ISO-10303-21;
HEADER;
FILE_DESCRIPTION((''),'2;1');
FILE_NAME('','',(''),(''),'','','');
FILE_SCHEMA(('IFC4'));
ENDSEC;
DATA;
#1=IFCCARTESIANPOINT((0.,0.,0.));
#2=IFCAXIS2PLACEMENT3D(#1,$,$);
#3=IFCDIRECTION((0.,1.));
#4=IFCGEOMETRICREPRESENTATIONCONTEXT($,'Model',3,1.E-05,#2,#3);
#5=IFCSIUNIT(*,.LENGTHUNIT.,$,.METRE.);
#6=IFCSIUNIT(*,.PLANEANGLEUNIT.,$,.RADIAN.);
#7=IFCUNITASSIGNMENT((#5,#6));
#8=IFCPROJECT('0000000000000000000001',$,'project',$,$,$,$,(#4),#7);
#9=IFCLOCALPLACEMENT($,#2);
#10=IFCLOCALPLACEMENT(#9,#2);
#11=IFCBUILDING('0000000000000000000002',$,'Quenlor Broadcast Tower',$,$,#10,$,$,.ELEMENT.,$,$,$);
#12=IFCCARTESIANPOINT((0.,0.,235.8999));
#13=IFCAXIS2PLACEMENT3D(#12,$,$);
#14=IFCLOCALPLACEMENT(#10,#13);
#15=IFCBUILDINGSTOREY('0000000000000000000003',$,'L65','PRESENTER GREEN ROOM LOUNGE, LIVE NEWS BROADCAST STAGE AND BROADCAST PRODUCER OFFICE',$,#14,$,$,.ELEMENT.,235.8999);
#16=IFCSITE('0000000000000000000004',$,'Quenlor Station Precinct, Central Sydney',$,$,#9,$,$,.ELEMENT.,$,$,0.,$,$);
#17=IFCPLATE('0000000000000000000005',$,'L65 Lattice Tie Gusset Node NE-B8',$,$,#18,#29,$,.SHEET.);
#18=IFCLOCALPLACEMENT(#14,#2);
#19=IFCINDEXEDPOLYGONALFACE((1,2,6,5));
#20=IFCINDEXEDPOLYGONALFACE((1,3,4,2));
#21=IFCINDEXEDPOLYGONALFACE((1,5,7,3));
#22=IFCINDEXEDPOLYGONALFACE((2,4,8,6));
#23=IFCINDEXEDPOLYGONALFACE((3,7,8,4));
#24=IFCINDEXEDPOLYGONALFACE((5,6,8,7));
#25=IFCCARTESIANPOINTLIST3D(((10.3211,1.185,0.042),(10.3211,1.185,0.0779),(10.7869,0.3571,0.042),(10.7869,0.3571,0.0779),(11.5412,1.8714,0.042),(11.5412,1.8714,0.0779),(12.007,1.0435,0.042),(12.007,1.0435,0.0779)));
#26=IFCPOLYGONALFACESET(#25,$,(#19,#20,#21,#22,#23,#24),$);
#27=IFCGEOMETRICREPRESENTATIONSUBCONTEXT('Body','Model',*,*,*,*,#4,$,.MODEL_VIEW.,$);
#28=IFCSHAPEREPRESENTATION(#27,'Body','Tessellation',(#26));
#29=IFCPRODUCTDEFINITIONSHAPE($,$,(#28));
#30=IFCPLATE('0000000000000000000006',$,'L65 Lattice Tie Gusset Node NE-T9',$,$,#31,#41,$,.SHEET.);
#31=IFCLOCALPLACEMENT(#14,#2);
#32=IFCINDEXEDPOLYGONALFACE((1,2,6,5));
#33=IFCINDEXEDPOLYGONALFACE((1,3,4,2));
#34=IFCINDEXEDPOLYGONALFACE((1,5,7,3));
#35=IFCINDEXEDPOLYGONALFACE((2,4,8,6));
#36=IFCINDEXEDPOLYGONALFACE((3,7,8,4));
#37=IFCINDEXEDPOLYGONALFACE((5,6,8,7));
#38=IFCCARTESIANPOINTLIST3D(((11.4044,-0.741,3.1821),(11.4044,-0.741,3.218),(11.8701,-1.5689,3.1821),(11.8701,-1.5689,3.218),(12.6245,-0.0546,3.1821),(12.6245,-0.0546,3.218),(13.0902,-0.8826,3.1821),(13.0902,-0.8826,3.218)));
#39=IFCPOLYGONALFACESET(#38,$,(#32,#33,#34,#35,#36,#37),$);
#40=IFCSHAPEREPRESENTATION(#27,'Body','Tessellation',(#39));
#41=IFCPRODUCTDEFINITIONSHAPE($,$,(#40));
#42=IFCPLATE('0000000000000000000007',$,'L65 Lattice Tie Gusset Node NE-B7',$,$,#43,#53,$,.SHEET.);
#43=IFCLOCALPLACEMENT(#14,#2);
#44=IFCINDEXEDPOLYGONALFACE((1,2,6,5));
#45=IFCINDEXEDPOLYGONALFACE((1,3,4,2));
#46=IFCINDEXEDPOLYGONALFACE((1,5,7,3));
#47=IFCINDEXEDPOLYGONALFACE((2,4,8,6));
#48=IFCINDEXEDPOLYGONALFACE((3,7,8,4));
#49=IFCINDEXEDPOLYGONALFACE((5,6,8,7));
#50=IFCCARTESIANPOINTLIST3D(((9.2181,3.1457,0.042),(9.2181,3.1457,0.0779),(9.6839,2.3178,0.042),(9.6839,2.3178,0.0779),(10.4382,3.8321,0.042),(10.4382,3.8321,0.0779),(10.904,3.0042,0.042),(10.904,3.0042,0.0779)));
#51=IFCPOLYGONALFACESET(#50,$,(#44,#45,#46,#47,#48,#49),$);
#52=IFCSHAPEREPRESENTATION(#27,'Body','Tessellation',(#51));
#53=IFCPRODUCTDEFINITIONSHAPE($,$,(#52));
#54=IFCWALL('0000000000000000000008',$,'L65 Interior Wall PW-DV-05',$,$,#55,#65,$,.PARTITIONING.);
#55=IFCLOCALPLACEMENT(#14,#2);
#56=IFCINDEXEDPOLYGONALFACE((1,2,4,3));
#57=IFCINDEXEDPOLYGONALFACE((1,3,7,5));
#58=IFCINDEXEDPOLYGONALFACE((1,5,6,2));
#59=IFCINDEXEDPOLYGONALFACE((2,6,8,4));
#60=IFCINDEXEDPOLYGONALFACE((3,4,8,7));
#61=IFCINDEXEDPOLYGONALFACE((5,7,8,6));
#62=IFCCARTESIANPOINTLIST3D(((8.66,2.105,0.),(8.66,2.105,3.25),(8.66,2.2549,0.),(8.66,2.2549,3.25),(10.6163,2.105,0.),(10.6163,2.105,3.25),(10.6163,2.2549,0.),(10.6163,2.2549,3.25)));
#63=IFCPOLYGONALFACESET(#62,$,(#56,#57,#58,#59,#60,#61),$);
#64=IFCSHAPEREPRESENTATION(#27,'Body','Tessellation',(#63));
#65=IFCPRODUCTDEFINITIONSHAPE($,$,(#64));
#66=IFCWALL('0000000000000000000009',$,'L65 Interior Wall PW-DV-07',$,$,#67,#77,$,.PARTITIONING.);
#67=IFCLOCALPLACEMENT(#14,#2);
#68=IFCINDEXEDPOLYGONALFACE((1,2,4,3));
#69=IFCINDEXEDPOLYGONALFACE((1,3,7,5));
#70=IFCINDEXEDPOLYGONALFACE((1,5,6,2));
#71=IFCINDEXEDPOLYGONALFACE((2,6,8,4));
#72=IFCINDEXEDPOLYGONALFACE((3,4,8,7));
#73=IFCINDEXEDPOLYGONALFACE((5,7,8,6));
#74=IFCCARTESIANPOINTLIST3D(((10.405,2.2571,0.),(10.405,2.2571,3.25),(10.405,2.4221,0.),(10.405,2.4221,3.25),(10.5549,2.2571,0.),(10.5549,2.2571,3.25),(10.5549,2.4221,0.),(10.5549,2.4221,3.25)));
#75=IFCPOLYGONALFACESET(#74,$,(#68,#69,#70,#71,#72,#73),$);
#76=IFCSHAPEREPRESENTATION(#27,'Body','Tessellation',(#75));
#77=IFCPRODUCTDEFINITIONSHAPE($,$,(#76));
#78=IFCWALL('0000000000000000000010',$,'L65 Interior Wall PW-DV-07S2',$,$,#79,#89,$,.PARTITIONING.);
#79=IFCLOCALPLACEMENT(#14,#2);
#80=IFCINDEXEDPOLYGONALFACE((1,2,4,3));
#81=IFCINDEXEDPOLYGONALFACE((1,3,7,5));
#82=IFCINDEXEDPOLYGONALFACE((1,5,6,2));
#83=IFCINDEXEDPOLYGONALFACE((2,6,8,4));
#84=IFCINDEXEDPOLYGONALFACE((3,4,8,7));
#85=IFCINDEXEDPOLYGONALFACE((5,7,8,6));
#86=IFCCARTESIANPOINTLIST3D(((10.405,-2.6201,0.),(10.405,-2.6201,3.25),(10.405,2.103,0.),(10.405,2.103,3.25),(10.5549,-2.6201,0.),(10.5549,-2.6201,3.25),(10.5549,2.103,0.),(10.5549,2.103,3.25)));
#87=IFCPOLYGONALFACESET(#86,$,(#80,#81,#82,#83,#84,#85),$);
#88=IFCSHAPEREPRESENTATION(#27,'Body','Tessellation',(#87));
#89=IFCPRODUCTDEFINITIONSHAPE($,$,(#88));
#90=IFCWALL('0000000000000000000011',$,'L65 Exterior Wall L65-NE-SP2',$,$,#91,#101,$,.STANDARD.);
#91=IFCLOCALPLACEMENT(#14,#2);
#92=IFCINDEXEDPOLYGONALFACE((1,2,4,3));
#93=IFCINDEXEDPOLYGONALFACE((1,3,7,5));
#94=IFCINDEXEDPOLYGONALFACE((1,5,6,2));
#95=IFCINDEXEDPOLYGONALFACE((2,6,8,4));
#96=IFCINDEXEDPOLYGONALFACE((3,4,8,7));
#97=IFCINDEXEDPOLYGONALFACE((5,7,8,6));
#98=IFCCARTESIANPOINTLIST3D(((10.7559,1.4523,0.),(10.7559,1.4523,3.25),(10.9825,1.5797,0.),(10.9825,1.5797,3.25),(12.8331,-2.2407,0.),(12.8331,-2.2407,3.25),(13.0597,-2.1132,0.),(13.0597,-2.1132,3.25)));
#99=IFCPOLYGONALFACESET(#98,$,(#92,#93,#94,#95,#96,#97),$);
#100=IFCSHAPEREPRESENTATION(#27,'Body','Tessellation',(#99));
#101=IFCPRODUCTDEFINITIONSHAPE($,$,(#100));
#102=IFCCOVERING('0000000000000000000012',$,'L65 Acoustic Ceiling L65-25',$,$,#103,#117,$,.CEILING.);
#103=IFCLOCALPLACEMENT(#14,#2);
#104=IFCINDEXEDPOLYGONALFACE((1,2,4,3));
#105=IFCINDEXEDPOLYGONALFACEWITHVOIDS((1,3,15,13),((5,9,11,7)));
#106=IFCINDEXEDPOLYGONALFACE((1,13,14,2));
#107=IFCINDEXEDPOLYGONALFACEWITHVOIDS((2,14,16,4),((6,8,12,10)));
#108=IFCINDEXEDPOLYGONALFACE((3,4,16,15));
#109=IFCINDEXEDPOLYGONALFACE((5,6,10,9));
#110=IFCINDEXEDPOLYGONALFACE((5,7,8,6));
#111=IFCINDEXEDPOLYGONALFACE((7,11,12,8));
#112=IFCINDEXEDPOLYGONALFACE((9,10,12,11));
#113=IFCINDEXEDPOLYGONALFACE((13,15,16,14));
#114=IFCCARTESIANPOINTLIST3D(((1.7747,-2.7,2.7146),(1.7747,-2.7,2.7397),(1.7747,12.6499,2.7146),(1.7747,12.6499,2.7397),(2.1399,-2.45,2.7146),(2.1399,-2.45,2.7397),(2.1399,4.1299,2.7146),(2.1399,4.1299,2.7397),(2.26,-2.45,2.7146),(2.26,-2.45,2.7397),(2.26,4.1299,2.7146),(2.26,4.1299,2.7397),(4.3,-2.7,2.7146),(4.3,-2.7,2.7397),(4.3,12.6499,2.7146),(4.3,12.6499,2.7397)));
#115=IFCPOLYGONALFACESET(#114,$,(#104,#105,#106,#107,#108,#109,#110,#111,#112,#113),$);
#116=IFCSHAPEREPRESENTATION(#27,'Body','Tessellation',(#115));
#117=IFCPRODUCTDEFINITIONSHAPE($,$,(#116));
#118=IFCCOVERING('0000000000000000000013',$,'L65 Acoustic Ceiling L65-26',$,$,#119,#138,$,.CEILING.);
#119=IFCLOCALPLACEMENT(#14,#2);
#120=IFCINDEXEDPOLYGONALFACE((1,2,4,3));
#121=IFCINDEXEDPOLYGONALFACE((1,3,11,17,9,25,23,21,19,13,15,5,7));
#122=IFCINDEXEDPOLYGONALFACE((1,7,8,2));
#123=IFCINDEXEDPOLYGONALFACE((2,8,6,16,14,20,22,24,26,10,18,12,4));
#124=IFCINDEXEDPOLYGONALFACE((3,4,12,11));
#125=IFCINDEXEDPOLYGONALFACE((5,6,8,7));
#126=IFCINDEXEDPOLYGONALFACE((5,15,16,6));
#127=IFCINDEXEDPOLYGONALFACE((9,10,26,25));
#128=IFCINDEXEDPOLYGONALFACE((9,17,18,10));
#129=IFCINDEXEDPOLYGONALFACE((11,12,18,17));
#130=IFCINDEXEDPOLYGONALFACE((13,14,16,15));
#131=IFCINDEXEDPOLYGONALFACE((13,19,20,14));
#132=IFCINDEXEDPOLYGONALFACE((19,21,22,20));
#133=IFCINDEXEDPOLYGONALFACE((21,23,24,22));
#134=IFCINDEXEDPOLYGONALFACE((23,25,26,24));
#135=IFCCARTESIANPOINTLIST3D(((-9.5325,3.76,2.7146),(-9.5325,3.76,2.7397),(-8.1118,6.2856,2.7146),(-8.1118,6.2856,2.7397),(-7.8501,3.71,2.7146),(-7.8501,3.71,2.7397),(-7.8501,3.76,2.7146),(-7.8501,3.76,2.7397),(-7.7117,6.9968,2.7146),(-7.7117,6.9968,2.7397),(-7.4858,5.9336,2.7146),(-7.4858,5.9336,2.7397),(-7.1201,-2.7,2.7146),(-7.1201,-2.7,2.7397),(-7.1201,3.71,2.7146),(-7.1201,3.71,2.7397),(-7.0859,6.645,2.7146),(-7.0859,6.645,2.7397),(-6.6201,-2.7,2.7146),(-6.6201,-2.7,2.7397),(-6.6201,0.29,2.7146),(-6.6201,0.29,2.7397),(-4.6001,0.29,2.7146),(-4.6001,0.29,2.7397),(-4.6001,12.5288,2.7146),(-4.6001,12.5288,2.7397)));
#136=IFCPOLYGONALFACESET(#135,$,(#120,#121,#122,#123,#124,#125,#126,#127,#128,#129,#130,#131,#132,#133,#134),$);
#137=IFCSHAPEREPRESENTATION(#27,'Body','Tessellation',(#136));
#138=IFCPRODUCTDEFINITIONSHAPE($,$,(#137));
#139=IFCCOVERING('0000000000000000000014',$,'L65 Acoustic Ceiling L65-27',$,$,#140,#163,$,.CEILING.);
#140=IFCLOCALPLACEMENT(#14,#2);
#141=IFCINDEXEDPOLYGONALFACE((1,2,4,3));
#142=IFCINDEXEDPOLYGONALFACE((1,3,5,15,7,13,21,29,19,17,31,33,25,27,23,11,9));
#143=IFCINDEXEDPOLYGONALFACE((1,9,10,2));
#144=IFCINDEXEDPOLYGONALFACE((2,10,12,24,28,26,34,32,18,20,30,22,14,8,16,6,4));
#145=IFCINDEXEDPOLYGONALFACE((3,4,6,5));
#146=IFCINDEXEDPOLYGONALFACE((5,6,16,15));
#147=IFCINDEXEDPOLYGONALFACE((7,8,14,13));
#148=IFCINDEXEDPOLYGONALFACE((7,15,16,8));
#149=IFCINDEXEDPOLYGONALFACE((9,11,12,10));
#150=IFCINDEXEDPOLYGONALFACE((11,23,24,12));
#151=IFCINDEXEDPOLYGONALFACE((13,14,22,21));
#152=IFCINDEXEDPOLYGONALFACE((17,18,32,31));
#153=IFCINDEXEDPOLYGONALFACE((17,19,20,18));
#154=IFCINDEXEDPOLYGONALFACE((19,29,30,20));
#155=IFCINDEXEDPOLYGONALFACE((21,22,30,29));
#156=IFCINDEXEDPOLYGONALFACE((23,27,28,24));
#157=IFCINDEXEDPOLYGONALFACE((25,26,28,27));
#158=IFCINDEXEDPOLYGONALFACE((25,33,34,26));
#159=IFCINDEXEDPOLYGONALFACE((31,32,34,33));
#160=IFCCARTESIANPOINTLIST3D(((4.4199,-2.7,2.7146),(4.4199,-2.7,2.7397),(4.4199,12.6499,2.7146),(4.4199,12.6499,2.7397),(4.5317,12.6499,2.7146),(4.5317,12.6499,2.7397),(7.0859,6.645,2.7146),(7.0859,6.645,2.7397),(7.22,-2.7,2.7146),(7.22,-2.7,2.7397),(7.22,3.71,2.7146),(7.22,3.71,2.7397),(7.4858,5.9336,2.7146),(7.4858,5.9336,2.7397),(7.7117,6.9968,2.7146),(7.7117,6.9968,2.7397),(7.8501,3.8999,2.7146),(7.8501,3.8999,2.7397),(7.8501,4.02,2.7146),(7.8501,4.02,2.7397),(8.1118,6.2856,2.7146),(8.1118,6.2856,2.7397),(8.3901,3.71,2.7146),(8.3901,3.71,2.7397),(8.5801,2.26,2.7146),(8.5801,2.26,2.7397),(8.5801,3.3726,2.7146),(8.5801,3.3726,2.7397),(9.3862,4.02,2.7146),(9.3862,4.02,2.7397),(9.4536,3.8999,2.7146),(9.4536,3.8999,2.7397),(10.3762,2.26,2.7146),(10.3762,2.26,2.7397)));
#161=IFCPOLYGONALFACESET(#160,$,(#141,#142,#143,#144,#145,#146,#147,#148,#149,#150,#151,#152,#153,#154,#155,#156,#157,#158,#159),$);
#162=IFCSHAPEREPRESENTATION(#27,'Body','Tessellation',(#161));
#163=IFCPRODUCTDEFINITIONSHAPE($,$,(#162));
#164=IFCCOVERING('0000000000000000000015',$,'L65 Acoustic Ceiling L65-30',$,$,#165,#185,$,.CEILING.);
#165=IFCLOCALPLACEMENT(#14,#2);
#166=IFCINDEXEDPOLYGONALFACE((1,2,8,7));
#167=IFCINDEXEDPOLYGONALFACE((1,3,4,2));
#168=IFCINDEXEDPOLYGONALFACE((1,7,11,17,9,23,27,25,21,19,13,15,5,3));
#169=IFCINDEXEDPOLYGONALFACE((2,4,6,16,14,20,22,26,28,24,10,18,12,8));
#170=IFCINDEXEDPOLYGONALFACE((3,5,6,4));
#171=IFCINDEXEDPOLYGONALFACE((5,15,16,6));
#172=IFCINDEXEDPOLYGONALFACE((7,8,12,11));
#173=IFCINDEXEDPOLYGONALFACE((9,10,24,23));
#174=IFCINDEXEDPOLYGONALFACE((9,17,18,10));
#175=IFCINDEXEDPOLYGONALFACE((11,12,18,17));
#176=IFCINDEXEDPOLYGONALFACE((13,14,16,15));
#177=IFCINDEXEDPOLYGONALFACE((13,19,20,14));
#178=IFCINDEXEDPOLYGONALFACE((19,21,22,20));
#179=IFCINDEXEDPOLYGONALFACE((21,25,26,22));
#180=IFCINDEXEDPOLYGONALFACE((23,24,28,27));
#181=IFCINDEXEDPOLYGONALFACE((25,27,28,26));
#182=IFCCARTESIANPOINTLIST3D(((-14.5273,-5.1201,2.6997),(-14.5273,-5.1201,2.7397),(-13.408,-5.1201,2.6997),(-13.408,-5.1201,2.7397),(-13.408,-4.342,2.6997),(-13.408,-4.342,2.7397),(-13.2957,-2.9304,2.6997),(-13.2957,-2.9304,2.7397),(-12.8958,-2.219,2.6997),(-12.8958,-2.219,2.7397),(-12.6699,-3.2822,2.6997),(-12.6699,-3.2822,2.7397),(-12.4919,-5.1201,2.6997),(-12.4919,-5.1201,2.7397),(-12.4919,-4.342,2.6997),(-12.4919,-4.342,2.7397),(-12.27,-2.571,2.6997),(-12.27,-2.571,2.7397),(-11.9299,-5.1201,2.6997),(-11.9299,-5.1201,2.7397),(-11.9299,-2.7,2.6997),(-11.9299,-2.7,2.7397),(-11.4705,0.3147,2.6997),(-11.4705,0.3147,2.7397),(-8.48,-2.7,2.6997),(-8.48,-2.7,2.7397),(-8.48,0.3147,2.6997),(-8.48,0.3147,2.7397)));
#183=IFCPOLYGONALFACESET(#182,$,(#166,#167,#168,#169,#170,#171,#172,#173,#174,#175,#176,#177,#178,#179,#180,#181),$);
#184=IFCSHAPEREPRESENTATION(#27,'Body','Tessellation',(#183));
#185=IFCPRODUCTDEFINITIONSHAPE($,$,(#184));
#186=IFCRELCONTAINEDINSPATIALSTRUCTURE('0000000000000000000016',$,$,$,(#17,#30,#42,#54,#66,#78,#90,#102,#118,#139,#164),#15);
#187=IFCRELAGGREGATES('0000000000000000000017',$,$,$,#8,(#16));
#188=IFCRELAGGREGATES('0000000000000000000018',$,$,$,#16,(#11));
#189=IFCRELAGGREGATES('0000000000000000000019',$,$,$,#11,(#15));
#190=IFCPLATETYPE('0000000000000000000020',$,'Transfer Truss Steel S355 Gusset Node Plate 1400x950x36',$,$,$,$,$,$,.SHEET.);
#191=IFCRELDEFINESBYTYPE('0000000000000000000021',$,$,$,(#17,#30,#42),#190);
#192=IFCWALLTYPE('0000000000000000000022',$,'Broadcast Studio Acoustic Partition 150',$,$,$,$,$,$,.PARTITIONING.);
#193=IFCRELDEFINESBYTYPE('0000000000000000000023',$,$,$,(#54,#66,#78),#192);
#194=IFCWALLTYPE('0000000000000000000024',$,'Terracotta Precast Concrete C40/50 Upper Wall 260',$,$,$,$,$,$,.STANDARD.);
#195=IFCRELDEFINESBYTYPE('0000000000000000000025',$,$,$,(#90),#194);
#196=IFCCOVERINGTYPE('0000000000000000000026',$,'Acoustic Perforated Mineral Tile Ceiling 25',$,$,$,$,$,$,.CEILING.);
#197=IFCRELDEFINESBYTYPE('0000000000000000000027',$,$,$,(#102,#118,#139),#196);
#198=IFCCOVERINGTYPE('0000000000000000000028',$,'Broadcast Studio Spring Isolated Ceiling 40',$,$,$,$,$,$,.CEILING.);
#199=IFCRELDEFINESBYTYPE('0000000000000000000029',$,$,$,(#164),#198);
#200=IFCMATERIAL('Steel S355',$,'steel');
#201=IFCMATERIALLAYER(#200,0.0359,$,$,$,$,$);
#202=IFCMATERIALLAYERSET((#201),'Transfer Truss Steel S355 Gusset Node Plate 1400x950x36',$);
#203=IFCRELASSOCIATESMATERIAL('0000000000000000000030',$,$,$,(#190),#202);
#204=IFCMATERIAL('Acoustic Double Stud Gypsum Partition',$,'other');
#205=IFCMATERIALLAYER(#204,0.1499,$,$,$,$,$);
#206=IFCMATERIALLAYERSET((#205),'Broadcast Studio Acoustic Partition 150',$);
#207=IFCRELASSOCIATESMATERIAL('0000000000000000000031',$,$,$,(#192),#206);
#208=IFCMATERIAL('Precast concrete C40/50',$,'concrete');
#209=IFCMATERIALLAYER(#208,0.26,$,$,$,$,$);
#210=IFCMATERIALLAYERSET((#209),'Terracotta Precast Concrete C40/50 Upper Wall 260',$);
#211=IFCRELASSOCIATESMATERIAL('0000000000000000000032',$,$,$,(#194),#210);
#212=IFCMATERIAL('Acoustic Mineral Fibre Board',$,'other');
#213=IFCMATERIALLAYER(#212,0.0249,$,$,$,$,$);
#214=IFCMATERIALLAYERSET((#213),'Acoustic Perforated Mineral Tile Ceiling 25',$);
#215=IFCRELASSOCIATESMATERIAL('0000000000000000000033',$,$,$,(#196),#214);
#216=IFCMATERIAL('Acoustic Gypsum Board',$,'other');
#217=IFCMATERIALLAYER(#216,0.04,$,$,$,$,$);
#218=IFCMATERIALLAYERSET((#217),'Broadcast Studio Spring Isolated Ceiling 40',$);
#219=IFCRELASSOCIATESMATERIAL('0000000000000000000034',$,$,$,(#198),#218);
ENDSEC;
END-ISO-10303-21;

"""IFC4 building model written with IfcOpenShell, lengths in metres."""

from ifc_helpers import new_model, si_unit, direction, frame, frame_2d, origin, origin_2d, place, context, subcontext, project, spatial, polyline, rectangle, outline, extrude, material, layer, layer_set, type_object, element, save


model = new_model("IFC4")

# Units and contexts
model_context = context("Model", 3, precision=1e-05, world=origin(), true_north=direction((0.0, 1.0)))
body_context = subcontext(model_context, "Body", "Model", "MODEL_VIEW")
ifc_project = project(units=[si_unit("LENGTHUNIT", "METRE"), si_unit("PLANEANGLEUNIT", "RADIAN")], contexts=[model_context])

# Site, building, storey
site_placement = place(None, origin())
site = spatial("IfcSite", under=ifc_project, at=site_placement, Name="Quenlor Station Precinct, Central Sydney", CompositionType="ELEMENT", RefElevation=0.0)
building_placement = place(site_placement, origin())
building = spatial("IfcBuilding", under=site, at=building_placement, Name="Quenlor Broadcast Tower", CompositionType="ELEMENT")
storey_placement = place(building_placement, frame((0.0, 0.0, 235.8999)))
storey = spatial("IfcBuildingStorey", under=building, at=storey_placement, Name="L65", Description="PRESENTER GREEN ROOM LOUNGE, LIVE NEWS BROADCAST STAGE AND BROADCAST PRODUCER OFFICE", CompositionType="ELEMENT", Elevation=235.8999)

# Plates
ifc_material_1 = material(Name="Steel S355", Category="steel")
ifc_layer_1 = layer(ifc_material_1, 0.0359)
ifc_layer_set_1 = layer_set([ifc_layer_1], Name="Transfer Truss Steel S355 Gusset Node Plate 1400x950x36")
plate_type_1 = type_object("IfcPlateType", Name="Transfer Truss Steel S355 Gusset Node Plate 1400x950x36", PredefinedType="SHEET", material=ifc_layer_set_1)
for number, where, z_axis, x_axis, name in (
    (1, (11.1641, 1.1143, 0.042), (0.0, 0.0, 1.0), (0.871556, 0.490295, 0.0), "L65 Lattice Tie Gusset Node NE-B8"),
    (2, (12.2473, -0.8118, 3.1821), (0.0, 0.0, 1.0), (0.871556, 0.490295, 0.0), "L65 Lattice Tie Gusset Node NE-T9"),
    (3, (10.061, 3.075, 0.042), (0.0, 0.0, 1.0), (0.871556, 0.490295, 0.0), "L65 Lattice Tie Gusset Node NE-B7"),
):
    element("IfcPlate", number, at=place(storey_placement, frame(where, z_axis=z_axis, x_axis=x_axis)), inside=storey, type_object=plate_type_1, Name=name, PredefinedType="SHEET", context=body_context, shape_type="SweptSolid", body=[
        extrude(rectangle(XDim=1.3999, YDim=0.95, at=origin_2d()), origin(), (0.0, 0.0, 1.0), 0.0359),
    ])

# Walls
ifc_material_2 = material(Name="Acoustic Double Stud Gypsum Partition", Category="other")
ifc_layer_2 = layer(ifc_material_2, 0.1499)
ifc_layer_set_2 = layer_set([ifc_layer_2], Name="Broadcast Studio Acoustic Partition 150")
wall_type_1 = type_object("IfcWallType", Name="Broadcast Studio Acoustic Partition 150", PredefinedType="PARTITIONING", material=ifc_layer_set_2)
wall_1_placement = place(storey_placement, frame((10.6162, 2.1799, 0.0), z_axis=(0.0, 0.0, 1.0), x_axis=(-1.0, 0.0, 0.0)))
element("IfcWall", 4, at=wall_1_placement, inside=storey, type_object=wall_type_1, Name="L65 Interior Wall PW-DV-05", PredefinedType="PARTITIONING", context=body_context, shape_type="SweptSolid", body=[
    extrude(rectangle(XDim=1.9563, YDim=0.1499, at=frame_2d((0.978, 0.0))), origin(), (0.0, 0.0, 1.0), 3.25),
])
wall_2_placement = place(storey_placement, frame((10.48, 2.4221, 0.0), z_axis=(0.0, 0.0, 1.0), x_axis=(0.0, -1.0, 0.0)))
element("IfcWall", 5, at=wall_2_placement, inside=storey, type_object=wall_type_1, Name="L65 Interior Wall PW-DV-07", PredefinedType="PARTITIONING", context=body_context, shape_type="SweptSolid", body=[
    extrude(rectangle(XDim=0.165, YDim=0.1499, at=frame_2d((0.0825, 0.0))), origin(), (0.0, 0.0, 1.0), 3.25),
])
wall_3_placement = place(storey_placement, frame((10.48, 2.103, 0.0), z_axis=(0.0, 0.0, 1.0), x_axis=(0.0, -1.0, 0.0)))
element("IfcWall", 6, at=wall_3_placement, inside=storey, type_object=wall_type_1, Name="L65 Interior Wall PW-DV-07S2", PredefinedType="PARTITIONING", context=body_context, shape_type="SweptSolid", body=[
    extrude(rectangle(XDim=4.7231, YDim=0.1499, at=frame_2d((2.3616, 0.0))), origin(), (0.0, 0.0, 1.0), 3.25),
])
ifc_material_3 = material(Name="Precast concrete C40/50", Category="concrete")
ifc_layer_3 = layer(ifc_material_3, 0.26)
ifc_layer_set_3 = layer_set([ifc_layer_3], Name="Terracotta Precast Concrete C40/50 Upper Wall 260")
wall_type_2 = type_object("IfcWallType", Name="Terracotta Precast Concrete C40/50 Upper Wall 260", PredefinedType="STANDARD", material=ifc_layer_set_3)
wall_4_placement = place(storey_placement, frame((10.8691, 1.5161, 0.0), z_axis=(0.0, 0.0, 1.0), x_axis=(0.490245, -0.871585, 0.0)))
element("IfcWall", 7, at=wall_4_placement, inside=storey, type_object=wall_type_2, Name="L65 Exterior Wall L65-NE-SP2", PredefinedType="STANDARD", context=body_context, shape_type="SweptSolid", body=[
    extrude(rectangle(XDim=4.2371, YDim=0.26, at=frame_2d((2.1187, 0.0))), origin(), (0.0, 0.0, 1.0), 3.25),
])

# Coverings
ifc_material_4 = material(Name="Acoustic Mineral Fibre Board", Category="other")
ifc_layer_4 = layer(ifc_material_4, 0.0249)
ifc_layer_set_4 = layer_set([ifc_layer_4], Name="Acoustic Perforated Mineral Tile Ceiling 25")
covering_type_1 = type_object("IfcCoveringType", Name="Acoustic Perforated Mineral Tile Ceiling 25", PredefinedType="CEILING", material=ifc_layer_set_4)
covering_1_placement = place(storey_placement, frame((0.0, 0.0, 2.7146)))
element("IfcCovering", 8, at=covering_1_placement, inside=storey, type_object=covering_type_1, Name="L65 Acoustic Ceiling L65-25", PredefinedType="CEILING", context=body_context, shape_type="SweptSolid", body=[
    extrude(outline(polyline([(4.3, -2.7), (1.7747, -2.7), (1.7747, 12.6499), (4.3, 12.6499), (4.3, -2.7)]), holes=[polyline([(2.26, -2.45), (2.26, 4.1299), (2.1399, 4.1299), (2.1399, -2.45), (2.26, -2.45)])]), origin(), (0.0, 0.0, 1.0), 0.0251),
])
covering_2_placement = place(storey_placement, frame((0.0, 0.0, 2.7146)))
element("IfcCovering", 9, at=covering_2_placement, inside=storey, type_object=covering_type_1, Name="L65 Acoustic Ceiling L65-26", PredefinedType="CEILING", context=body_context, shape_type="SweptSolid", body=[
    extrude(outline(polyline([(-6.6201, -2.7), (-7.1201, -2.7), (-7.1201, 3.71), (-7.8501, 3.71), (-7.8501, 3.76), (-9.5325, 3.76), (-8.1118, 6.2856), (-7.4858, 5.9336), (-7.0859, 6.645), (-7.7117, 6.9968), (-4.6001, 12.5288), (-4.6001, 0.29), (-6.6201, 0.29), (-6.6201, -2.7)])), origin(), (0.0, 0.0, 1.0), 0.0251),
])
covering_3_placement = place(storey_placement, frame((0.0, 0.0, 2.7146)))
element("IfcCovering", 10, at=covering_3_placement, inside=storey, type_object=covering_type_1, Name="L65 Acoustic Ceiling L65-27", PredefinedType="CEILING", context=body_context, shape_type="SweptSolid", body=[
    extrude(outline(polyline([(9.4536, 3.8999), (10.3762, 2.26), (8.5801, 2.26), (8.5801, 3.3726), (8.3901, 3.71), (7.22, 3.71), (7.22, -2.7), (4.4199, -2.7), (4.4199, 12.6499), (4.5317, 12.6499), (7.7117, 6.9968), (7.0859, 6.645), (7.4858, 5.9336), (8.1118, 6.2856), (9.3862, 4.02), (7.8501, 4.02), (7.8501, 3.8999), (9.4536, 3.8999)])), origin(), (0.0, 0.0, 1.0), 0.0251),
])
ifc_material_5 = material(Name="Acoustic Gypsum Board", Category="other")
ifc_layer_5 = layer(ifc_material_5, 0.04)
ifc_layer_set_5 = layer_set([ifc_layer_5], Name="Broadcast Studio Spring Isolated Ceiling 40")
covering_type_2 = type_object("IfcCoveringType", Name="Broadcast Studio Spring Isolated Ceiling 40", PredefinedType="CEILING", material=ifc_layer_set_5)
covering_4_placement = place(storey_placement, frame((0.0, 0.0, 2.6997)))
element("IfcCovering", 11, at=covering_4_placement, inside=storey, type_object=covering_type_2, Name="L65 Acoustic Ceiling L65-30", PredefinedType="CEILING", context=body_context, shape_type="SweptSolid", body=[
    extrude(outline(polyline([(-13.2957, -2.9304), (-12.6699, -3.2822), (-12.27, -2.571), (-12.8958, -2.219), (-11.4705, 0.3147), (-8.48, 0.3147), (-8.48, -2.7), (-11.9299, -2.7), (-11.9299, -5.1201), (-12.4919, -5.1201), (-12.4919, -4.342), (-13.408, -4.342), (-13.408, -5.1201), (-14.5273, -5.1201), (-13.2957, -2.9304)])), origin(), (0.0, 0.0, 1.0), 0.04),
])

save(model, "model.ifc")
